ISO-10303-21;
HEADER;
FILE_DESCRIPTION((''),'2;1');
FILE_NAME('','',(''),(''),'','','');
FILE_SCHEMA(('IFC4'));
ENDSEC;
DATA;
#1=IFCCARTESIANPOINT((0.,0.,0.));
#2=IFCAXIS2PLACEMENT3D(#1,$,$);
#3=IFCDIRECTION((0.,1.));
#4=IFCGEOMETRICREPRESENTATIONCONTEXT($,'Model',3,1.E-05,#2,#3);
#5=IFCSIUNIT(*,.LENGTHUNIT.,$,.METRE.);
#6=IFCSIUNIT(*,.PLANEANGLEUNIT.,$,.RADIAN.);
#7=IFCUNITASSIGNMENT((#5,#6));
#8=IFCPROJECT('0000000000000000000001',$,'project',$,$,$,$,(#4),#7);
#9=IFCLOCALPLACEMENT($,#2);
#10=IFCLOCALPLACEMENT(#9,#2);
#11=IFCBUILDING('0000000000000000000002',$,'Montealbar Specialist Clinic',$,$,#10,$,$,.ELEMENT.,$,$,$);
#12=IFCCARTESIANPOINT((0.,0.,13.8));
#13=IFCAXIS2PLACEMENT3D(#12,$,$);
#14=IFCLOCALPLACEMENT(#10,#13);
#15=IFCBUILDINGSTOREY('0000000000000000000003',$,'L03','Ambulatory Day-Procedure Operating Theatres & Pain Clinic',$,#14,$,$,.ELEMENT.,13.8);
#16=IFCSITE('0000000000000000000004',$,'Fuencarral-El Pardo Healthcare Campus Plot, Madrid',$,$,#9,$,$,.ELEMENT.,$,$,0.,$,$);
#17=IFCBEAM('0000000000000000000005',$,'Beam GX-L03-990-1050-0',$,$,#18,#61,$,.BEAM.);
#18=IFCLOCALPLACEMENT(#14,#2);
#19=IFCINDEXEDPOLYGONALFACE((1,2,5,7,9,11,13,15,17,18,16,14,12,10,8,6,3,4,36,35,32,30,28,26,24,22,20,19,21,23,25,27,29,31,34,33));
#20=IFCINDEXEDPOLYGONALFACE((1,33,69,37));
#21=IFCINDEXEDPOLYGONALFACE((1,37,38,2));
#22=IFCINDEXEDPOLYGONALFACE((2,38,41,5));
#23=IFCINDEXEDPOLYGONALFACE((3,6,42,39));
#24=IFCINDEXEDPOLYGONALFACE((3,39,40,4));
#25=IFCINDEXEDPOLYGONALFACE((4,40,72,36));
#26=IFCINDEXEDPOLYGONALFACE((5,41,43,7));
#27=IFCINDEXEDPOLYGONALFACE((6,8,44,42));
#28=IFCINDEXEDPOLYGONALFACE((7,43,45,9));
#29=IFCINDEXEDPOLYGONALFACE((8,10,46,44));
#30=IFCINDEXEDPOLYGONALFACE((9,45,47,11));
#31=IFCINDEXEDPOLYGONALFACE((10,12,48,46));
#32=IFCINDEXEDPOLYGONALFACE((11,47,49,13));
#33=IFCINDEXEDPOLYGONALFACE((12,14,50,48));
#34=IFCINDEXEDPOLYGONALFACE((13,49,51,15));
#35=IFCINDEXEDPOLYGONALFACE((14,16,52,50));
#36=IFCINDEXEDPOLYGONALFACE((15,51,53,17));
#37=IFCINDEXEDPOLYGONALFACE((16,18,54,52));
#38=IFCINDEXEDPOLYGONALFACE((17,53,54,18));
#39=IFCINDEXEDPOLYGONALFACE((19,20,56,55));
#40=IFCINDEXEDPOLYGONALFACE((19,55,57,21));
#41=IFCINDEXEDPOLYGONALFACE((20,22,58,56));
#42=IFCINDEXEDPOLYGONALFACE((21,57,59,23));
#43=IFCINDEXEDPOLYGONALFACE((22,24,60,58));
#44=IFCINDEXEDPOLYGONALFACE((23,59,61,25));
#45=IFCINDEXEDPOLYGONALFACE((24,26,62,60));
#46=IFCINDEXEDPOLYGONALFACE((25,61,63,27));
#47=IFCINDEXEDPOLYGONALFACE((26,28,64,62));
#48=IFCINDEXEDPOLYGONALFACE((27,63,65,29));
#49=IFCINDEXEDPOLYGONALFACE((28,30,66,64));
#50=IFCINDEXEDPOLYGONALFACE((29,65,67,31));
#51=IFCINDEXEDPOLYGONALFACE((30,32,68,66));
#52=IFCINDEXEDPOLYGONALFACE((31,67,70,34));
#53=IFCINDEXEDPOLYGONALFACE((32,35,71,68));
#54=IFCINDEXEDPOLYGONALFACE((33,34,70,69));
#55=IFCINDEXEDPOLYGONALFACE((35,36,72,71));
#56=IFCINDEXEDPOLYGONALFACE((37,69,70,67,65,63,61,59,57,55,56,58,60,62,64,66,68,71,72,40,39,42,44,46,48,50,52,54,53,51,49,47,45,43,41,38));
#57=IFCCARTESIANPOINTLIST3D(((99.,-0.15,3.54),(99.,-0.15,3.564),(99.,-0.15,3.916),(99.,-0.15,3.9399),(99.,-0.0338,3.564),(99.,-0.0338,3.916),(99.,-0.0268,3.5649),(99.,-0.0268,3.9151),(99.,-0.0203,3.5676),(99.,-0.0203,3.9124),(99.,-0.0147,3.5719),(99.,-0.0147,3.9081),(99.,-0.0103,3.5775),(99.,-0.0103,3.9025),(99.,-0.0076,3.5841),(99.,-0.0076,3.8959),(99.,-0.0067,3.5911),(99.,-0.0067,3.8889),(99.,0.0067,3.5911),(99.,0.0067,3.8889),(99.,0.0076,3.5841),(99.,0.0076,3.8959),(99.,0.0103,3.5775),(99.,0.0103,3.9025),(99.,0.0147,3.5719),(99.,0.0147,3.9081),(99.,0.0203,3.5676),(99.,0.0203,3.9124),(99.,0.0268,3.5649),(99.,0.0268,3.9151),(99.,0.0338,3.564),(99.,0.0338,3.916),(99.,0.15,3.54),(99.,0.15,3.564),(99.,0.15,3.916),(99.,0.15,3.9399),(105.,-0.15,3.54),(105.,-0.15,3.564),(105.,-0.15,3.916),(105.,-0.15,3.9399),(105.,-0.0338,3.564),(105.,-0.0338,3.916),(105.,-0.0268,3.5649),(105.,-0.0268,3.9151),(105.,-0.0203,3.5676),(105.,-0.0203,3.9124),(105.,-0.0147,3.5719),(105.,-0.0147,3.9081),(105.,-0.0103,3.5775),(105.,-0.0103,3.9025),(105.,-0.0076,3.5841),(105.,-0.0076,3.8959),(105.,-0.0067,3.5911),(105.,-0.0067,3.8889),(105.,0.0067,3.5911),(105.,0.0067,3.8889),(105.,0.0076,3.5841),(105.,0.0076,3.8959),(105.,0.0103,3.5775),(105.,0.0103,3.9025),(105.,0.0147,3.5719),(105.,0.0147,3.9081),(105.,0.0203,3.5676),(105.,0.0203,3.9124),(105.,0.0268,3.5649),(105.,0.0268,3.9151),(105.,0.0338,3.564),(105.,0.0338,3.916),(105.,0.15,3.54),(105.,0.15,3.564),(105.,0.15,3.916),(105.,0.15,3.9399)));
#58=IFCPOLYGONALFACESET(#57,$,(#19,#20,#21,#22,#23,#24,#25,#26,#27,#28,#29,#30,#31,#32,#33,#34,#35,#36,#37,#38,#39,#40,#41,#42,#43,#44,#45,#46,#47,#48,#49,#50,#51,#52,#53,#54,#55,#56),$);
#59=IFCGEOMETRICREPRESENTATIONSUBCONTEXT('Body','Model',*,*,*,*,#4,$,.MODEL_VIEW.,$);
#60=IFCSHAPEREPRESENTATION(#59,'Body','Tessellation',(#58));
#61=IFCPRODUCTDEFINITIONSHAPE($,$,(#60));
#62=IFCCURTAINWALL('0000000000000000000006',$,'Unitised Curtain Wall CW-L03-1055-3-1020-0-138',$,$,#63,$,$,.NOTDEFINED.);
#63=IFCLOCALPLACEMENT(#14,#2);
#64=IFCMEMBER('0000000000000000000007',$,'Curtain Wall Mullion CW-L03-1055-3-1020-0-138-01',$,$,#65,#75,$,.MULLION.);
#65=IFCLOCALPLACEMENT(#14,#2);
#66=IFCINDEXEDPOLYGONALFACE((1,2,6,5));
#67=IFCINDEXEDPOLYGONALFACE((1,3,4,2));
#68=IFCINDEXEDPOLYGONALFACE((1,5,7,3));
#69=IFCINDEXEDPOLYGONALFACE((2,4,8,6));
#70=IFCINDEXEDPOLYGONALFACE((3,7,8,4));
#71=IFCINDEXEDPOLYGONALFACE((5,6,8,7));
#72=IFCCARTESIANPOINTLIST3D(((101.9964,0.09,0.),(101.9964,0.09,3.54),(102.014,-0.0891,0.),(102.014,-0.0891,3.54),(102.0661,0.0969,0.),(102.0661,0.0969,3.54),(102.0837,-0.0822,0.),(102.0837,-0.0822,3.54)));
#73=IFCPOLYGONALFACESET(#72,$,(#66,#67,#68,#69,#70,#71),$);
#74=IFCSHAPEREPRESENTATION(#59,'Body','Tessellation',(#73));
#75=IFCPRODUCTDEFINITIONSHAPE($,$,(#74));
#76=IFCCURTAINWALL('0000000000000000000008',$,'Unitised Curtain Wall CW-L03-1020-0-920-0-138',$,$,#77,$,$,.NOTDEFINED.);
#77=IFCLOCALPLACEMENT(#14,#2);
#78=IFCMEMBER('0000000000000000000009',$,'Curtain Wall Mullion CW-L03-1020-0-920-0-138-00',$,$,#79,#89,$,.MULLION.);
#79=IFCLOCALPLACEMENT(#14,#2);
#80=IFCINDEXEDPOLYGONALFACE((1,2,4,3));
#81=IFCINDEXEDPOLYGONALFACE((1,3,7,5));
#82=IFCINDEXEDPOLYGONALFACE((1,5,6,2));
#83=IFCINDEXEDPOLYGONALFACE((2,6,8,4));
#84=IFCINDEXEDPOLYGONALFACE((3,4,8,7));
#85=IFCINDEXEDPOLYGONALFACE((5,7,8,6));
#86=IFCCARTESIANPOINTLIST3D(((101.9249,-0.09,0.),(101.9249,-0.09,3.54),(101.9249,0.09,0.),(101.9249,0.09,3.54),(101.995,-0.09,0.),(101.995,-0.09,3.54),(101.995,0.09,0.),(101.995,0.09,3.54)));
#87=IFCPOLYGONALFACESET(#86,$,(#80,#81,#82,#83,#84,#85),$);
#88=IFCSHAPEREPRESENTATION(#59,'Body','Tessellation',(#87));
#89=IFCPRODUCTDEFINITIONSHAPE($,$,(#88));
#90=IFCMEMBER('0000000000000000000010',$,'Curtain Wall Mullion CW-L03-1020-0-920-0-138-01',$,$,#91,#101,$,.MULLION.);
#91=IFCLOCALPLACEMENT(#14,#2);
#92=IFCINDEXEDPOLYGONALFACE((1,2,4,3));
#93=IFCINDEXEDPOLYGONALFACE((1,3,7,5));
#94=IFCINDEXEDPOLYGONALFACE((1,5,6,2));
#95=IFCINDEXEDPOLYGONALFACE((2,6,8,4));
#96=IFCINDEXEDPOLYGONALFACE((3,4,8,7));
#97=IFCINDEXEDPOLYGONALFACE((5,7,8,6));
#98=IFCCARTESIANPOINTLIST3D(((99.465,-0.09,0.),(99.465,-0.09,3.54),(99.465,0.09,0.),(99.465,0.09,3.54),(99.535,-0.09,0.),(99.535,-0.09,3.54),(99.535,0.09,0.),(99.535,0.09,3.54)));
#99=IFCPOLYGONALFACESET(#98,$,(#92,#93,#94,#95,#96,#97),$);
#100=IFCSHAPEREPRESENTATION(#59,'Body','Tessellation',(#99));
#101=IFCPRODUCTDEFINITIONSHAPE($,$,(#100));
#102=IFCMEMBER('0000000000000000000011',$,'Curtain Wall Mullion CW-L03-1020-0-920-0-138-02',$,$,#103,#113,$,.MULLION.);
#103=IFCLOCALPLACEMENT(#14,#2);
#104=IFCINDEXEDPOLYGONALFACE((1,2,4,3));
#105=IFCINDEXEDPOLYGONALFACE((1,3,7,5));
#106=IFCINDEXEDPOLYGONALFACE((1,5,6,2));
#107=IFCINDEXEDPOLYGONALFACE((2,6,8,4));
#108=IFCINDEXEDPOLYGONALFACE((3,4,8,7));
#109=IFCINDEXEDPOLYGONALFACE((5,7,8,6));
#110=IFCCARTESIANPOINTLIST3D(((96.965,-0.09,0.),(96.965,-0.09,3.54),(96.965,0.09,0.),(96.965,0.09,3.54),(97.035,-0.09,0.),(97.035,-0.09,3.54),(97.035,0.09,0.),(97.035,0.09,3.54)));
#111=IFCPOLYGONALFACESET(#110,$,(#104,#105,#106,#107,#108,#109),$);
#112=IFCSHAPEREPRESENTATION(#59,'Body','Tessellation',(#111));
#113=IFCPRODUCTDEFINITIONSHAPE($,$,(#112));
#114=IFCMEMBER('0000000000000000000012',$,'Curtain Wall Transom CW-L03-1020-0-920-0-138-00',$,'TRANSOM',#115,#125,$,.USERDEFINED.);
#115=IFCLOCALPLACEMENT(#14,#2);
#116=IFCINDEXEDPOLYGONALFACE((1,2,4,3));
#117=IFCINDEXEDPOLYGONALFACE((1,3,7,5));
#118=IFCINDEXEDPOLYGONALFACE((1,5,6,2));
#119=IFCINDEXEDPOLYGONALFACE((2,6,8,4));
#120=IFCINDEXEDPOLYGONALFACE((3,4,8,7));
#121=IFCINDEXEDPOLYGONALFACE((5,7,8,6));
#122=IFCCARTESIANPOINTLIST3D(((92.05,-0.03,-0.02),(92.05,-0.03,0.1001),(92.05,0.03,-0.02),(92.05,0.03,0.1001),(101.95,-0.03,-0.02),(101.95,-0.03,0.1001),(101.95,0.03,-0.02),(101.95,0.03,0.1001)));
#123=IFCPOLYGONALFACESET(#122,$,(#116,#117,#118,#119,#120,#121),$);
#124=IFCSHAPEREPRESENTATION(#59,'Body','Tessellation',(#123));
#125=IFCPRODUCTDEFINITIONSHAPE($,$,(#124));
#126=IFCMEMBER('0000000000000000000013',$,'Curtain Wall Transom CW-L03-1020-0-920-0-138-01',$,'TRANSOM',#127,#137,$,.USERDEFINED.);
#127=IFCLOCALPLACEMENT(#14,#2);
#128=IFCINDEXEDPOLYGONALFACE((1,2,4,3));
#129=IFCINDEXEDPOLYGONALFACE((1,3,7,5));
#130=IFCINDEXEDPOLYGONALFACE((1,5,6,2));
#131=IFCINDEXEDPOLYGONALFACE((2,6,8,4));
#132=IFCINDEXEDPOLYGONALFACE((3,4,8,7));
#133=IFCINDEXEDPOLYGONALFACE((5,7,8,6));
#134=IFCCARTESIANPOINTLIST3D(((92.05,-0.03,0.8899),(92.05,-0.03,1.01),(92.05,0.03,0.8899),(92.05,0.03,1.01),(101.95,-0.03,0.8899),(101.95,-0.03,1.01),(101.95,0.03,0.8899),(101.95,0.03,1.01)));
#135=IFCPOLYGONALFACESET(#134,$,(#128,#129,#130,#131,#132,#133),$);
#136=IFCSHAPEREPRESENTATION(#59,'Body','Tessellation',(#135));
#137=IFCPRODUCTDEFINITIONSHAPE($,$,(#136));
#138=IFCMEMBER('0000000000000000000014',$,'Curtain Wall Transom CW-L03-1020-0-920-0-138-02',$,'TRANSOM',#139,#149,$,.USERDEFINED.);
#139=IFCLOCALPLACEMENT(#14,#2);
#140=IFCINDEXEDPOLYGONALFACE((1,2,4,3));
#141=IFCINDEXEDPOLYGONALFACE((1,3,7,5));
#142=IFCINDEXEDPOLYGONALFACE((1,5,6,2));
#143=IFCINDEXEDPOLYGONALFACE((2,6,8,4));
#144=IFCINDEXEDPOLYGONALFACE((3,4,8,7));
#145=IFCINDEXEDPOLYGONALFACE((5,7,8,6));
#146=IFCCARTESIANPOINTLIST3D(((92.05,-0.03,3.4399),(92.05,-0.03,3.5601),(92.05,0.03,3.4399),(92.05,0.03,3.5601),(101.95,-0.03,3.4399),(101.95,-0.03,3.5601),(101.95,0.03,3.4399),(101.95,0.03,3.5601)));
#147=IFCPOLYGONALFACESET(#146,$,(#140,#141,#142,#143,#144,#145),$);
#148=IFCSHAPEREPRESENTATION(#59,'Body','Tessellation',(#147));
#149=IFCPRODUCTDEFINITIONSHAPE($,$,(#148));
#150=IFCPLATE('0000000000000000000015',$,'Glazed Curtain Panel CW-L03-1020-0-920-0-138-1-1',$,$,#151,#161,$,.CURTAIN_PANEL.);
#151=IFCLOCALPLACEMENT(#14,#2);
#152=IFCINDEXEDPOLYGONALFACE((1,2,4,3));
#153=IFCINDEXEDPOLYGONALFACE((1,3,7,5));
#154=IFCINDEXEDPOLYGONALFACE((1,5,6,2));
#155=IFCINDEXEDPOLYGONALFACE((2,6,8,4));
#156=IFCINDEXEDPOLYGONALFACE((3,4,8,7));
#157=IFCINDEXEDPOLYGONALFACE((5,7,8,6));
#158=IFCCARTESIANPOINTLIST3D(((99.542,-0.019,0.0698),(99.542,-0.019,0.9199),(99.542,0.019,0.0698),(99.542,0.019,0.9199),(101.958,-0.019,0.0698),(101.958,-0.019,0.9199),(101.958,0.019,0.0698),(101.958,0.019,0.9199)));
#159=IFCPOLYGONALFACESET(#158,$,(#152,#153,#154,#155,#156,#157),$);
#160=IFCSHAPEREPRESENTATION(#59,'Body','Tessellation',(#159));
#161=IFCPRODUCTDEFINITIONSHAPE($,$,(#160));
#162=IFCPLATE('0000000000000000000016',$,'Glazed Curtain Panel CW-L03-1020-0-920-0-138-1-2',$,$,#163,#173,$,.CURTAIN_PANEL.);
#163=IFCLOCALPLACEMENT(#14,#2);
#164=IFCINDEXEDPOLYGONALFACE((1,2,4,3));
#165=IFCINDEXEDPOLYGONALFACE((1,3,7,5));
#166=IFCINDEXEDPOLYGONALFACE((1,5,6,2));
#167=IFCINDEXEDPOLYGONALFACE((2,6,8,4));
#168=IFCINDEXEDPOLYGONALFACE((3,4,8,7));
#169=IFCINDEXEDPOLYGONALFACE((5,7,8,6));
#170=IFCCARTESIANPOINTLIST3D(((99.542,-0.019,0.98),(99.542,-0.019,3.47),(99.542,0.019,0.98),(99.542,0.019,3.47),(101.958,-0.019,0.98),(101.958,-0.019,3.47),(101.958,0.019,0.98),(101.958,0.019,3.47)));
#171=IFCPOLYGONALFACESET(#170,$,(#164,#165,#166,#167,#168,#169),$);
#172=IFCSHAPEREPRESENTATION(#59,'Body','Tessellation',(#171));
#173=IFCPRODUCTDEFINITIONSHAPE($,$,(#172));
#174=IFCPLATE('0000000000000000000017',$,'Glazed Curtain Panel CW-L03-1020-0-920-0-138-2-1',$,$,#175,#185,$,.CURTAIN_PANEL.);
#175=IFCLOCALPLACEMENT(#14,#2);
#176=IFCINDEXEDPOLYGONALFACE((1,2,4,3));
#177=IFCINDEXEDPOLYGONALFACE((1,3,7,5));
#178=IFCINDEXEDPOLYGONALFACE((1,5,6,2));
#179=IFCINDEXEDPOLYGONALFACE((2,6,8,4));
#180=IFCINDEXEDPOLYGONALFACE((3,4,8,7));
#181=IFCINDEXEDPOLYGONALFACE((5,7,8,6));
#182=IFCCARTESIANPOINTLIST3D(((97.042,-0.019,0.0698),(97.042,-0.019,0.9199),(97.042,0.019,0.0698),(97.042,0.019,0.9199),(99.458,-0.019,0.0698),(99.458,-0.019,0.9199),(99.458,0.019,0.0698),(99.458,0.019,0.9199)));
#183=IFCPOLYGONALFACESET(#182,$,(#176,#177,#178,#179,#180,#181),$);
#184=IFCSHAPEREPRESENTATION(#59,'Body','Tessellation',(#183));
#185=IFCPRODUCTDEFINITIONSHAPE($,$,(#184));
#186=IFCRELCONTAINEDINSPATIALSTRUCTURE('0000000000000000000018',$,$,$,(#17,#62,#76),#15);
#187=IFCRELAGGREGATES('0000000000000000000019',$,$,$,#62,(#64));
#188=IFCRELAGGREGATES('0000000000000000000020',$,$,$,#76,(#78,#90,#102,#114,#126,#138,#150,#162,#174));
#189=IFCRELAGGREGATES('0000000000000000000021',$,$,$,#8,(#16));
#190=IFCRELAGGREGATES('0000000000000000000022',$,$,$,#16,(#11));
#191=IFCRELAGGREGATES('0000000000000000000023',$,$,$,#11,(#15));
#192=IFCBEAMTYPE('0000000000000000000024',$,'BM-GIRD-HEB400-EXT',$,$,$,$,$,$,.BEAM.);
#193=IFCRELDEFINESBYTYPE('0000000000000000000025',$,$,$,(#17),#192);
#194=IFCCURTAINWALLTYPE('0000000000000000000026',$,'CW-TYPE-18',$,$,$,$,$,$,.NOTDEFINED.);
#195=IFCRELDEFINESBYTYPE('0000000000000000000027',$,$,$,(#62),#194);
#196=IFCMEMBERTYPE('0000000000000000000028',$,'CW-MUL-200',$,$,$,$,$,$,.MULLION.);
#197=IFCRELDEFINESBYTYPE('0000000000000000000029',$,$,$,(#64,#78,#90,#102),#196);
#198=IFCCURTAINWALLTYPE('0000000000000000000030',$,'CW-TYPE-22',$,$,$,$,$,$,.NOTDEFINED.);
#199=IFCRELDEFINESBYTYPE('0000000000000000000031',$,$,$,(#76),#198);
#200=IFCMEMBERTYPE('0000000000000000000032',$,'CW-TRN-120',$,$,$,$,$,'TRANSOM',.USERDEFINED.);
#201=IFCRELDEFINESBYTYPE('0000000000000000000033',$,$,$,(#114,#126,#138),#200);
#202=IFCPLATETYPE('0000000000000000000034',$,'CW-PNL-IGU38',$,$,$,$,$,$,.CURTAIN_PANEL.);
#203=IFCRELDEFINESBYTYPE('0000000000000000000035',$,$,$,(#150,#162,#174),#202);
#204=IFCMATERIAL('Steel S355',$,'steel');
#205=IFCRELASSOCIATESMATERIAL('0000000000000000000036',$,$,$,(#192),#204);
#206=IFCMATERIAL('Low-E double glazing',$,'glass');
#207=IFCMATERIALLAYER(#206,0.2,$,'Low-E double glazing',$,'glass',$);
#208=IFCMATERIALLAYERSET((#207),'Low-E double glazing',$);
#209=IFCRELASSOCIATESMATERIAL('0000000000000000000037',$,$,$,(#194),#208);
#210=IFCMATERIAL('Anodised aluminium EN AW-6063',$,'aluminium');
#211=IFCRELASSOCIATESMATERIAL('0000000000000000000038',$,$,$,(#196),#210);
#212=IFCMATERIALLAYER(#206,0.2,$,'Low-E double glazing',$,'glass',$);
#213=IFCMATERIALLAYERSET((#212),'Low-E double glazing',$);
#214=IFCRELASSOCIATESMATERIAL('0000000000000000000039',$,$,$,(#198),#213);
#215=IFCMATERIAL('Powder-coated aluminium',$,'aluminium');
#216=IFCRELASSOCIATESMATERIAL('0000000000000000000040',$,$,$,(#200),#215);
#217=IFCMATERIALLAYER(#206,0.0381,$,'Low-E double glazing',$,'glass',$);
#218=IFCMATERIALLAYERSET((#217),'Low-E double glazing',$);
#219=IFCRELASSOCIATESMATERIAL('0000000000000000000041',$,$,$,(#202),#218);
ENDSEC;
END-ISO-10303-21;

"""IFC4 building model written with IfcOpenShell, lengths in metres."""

from ifc_helpers import new_model, si_unit, direction, frame, origin, origin_2d, place, context, subcontext, project, spatial, rectangle, i_section, extrude, material, layer, layer_set, material_profile, profile_set, type_object, element, aggregate, save


model = new_model("IFC4")

# Units and contexts
model_context = context("Model", 3, precision=1e-05, world=origin(), true_north=direction((0.0, 1.0)))
body_context = subcontext(model_context, "Body", "Model", "MODEL_VIEW")
ifc_project = project(units=[si_unit("LENGTHUNIT", "METRE"), si_unit("PLANEANGLEUNIT", "RADIAN")], contexts=[model_context])

# Site, building, storey
site_placement = place(None, origin())
site = spatial("IfcSite", under=ifc_project, at=site_placement, Name="Fuencarral-El Pardo Healthcare Campus Plot, Madrid", CompositionType="ELEMENT", RefElevation=0.0)
building_placement = place(site_placement, origin())
building = spatial("IfcBuilding", under=site, at=building_placement, Name="Montealbar Specialist Clinic", CompositionType="ELEMENT")
storey_placement = place(building_placement, frame((0.0, 0.0, 13.8)))
storey = spatial("IfcBuildingStorey", under=building, at=storey_placement, Name="L03", Description="Ambulatory Day-Procedure Operating Theatres & Pain Clinic", CompositionType="ELEMENT", Elevation=13.8)

# Shared definitions
ifc_material_1 = material(Name="Steel S355", Category="steel")

# Beam
ifc_material_profile_1 = material_profile(ifc_material_1, i_section(OverallWidth=0.3, OverallDepth=0.3999, WebThickness=0.0134, FlangeThickness=0.0239, FilletRadius=0.0271, at=origin_2d()), Name="HEB 400", Category="steel")
ifc_profile_set_1 = profile_set([ifc_material_profile_1], Name="Steel S355")
beam_type_1 = type_object("IfcBeamType", Name="BM-GIRD-HEB400-EXT", PredefinedType="BEAM", material=ifc_profile_set_1)
beam_placement = place(storey_placement, frame((99.0, 0.0, 3.74), z_axis=(1.0, 0.0, 0.0), x_axis=(0.0, 1.0, 0.0)))
element("IfcBeam", 1, at=beam_placement, inside=storey, type_object=beam_type_1, Name="Beam GX-L03-990-1050-0", PredefinedType="BEAM", context=body_context, shape_type="SweptSolid", body=[
    extrude(i_section(OverallWidth=0.3, OverallDepth=0.3999, WebThickness=0.0134, FlangeThickness=0.0239, FilletRadius=0.0271, at=origin_2d()), origin(), (0.0, 0.0, 1.0), 6.0),
])

# Curtain wall, member
ifc_material_2 = material(Name="Low-E double glazing", Category="glass")
ifc_layer_1 = layer(ifc_material_2, 0.2, Name="Low-E double glazing", Category="glass")
ifc_layer_set_1 = layer_set([ifc_layer_1], Name="Low-E double glazing")
curtain_wall_type_1 = type_object("IfcCurtainWallType", Name="CW-TYPE-18", PredefinedType="NOTDEFINED", material=ifc_layer_set_1)
curtain_wall_1_placement = place(storey_placement, origin())
curtain_wall_1 = element("IfcCurtainWall", 2, at=curtain_wall_1_placement, inside=storey, type_object=curtain_wall_type_1, Name="Unitised Curtain Wall CW-L03-1055-3-1020-0-138", PredefinedType="NOTDEFINED")
ifc_material_3 = material(Name="Anodised aluminium EN AW-6063", Category="aluminium")
ifc_material_profile_2 = material_profile(ifc_material_3, rectangle(XDim=0.0701, YDim=0.1799, at=origin_2d()), Name="ALU 70x180", Category="aluminium")
ifc_profile_set_2 = profile_set([ifc_material_profile_2], Name="Anodised aluminium EN AW-6063")
member_type_1 = type_object("IfcMemberType", Name="CW-MUL-200", PredefinedType="MULLION", material=ifc_profile_set_2)
member_1_placement = place(storey_placement, frame((102.04, 0.0039, 0.0), z_axis=(0.0, 0.0, 1.0), x_axis=(-0.995182, -0.098045, 0.0)))
member_1 = element("IfcMember", 3, at=member_1_placement, type_object=member_type_1, Name="Curtain Wall Mullion CW-L03-1055-3-1020-0-138-01", PredefinedType="MULLION", context=body_context, shape_type="SweptSolid", body=[
    extrude(rectangle(XDim=0.0701, YDim=0.1799, at=origin_2d()), origin(), (0.0, 0.0, 1.0), 3.54),
])
aggregate(curtain_wall_1, [member_1])

# Curtain wall, members, plates
ifc_layer_2 = layer(ifc_material_2, 0.2, Name="Low-E double glazing", Category="glass")
ifc_layer_set_2 = layer_set([ifc_layer_2], Name="Low-E double glazing")
curtain_wall_type_2 = type_object("IfcCurtainWallType", Name="CW-TYPE-22", PredefinedType="NOTDEFINED", material=ifc_layer_set_2)
curtain_wall_2_placement = place(storey_placement, origin())
curtain_wall_2 = element("IfcCurtainWall", 4, at=curtain_wall_2_placement, inside=storey, type_object=curtain_wall_type_2, Name="Unitised Curtain Wall CW-L03-1020-0-920-0-138", PredefinedType="NOTDEFINED")
member_2_placement = place(storey_placement, frame((101.96, 0.0, 0.0), z_axis=(0.0, 0.0, 1.0), x_axis=(-1.0, 0.0, 0.0)))
member_2 = element("IfcMember", 5, at=member_2_placement, type_object=member_type_1, Name="Curtain Wall Mullion CW-L03-1020-0-920-0-138-00", PredefinedType="MULLION", context=body_context, shape_type="SweptSolid", body=[
    extrude(rectangle(XDim=0.0701, YDim=0.1799, at=origin_2d()), origin(), (0.0, 0.0, 1.0), 3.54),
])
member_3_placement = place(storey_placement, frame((99.5, 0.0, 0.0), z_axis=(0.0, 0.0, 1.0), x_axis=(-1.0, 0.0, 0.0)))
member_3 = element("IfcMember", 6, at=member_3_placement, type_object=member_type_1, Name="Curtain Wall Mullion CW-L03-1020-0-920-0-138-01", PredefinedType="MULLION", context=body_context, shape_type="SweptSolid", body=[
    extrude(rectangle(XDim=0.0701, YDim=0.1799, at=origin_2d()), origin(), (0.0, 0.0, 1.0), 3.54),
])
member_4_placement = place(storey_placement, frame((97.0, 0.0, 0.0), z_axis=(0.0, 0.0, 1.0), x_axis=(-1.0, 0.0, 0.0)))
member_4 = element("IfcMember", 7, at=member_4_placement, type_object=member_type_1, Name="Curtain Wall Mullion CW-L03-1020-0-920-0-138-02", PredefinedType="MULLION", context=body_context, shape_type="SweptSolid", body=[
    extrude(rectangle(XDim=0.0701, YDim=0.1799, at=origin_2d()), origin(), (0.0, 0.0, 1.0), 3.54),
])
ifc_material_4 = material(Name="Powder-coated aluminium", Category="aluminium")
ifc_material_profile_3 = material_profile(ifc_material_4, rectangle(XDim=0.0601, YDim=0.1201, at=origin_2d()), Name="ALU 60x120", Category="aluminium")
ifc_profile_set_3 = profile_set([ifc_material_profile_3], Name="Powder-coated aluminium")
member_type_2 = type_object("IfcMemberType", Name="CW-TRN-120", ElementType="TRANSOM", PredefinedType="USERDEFINED", material=ifc_profile_set_3)
member_5_placement = place(storey_placement, frame((101.95, 0.0, 0.04), z_axis=(-1.0, 0.0, 0.0), x_axis=(0.0, -1.0, 0.0)))
member_5 = element("IfcMember", 8, at=member_5_placement, type_object=member_type_2, Name="Curtain Wall Transom CW-L03-1020-0-920-0-138-00", ObjectType="TRANSOM", PredefinedType="USERDEFINED", context=body_context, shape_type="SweptSolid", body=[
    extrude(rectangle(XDim=0.0601, YDim=0.1201, at=origin_2d()), origin(), (0.0, 0.0, 1.0), 9.8999),
])
member_6_placement = place(storey_placement, frame((101.95, 0.0, 0.95), z_axis=(-1.0, 0.0, 0.0), x_axis=(0.0, -1.0, 0.0)))
member_6 = element("IfcMember", 9, at=member_6_placement, type_object=member_type_2, Name="Curtain Wall Transom CW-L03-1020-0-920-0-138-01", ObjectType="TRANSOM", PredefinedType="USERDEFINED", context=body_context, shape_type="SweptSolid", body=[
    extrude(rectangle(XDim=0.0601, YDim=0.1201, at=origin_2d()), origin(), (0.0, 0.0, 1.0), 9.8999),
])
member_7_placement = place(storey_placement, frame((101.95, 0.0, 3.5), z_axis=(-1.0, 0.0, 0.0), x_axis=(0.0, -1.0, 0.0)))
member_7 = element("IfcMember", 10, at=member_7_placement, type_object=member_type_2, Name="Curtain Wall Transom CW-L03-1020-0-920-0-138-02", ObjectType="TRANSOM", PredefinedType="USERDEFINED", context=body_context, shape_type="SweptSolid", body=[
    extrude(rectangle(XDim=0.0601, YDim=0.1201, at=origin_2d()), origin(), (0.0, 0.0, 1.0), 9.8999),
])
ifc_layer_3 = layer(ifc_material_2, 0.0381, Name="Low-E double glazing", Category="glass")
ifc_layer_set_3 = layer_set([ifc_layer_3], Name="Low-E double glazing")
plate_type = type_object("IfcPlateType", Name="CW-PNL-IGU38", PredefinedType="CURTAIN_PANEL", material=ifc_layer_set_3)
plate_1_placement = place(storey_placement, frame((100.75, 0.0, 0.0698), z_axis=(0.0, 0.0, 1.0), x_axis=(-1.0, 0.0, 0.0)))
plate_1 = element("IfcPlate", 11, at=plate_1_placement, type_object=plate_type, Name="Glazed Curtain Panel CW-L03-1020-0-920-0-138-1-1", PredefinedType="CURTAIN_PANEL", context=body_context, shape_type="SweptSolid", body=[
    extrude(rectangle(XDim=2.416, YDim=0.0381, at=origin_2d()), origin(), (0.0, 0.0, 1.0), 0.8501),
])
plate_2_placement = place(storey_placement, frame((100.75, 0.0, 0.98), z_axis=(0.0, 0.0, 1.0), x_axis=(-1.0, 0.0, 0.0)))
plate_2 = element("IfcPlate", 12, at=plate_2_placement, type_object=plate_type, Name="Glazed Curtain Panel CW-L03-1020-0-920-0-138-1-2", PredefinedType="CURTAIN_PANEL", context=body_context, shape_type="SweptSolid", body=[
    extrude(rectangle(XDim=2.416, YDim=0.0381, at=origin_2d()), origin(), (0.0, 0.0, 1.0), 2.49),
])
plate_3_placement = place(storey_placement, frame((98.25, 0.0, 0.0698), z_axis=(0.0, 0.0, 1.0), x_axis=(-1.0, 0.0, 0.0)))
plate_3 = element("IfcPlate", 13, at=plate_3_placement, type_object=plate_type, Name="Glazed Curtain Panel CW-L03-1020-0-920-0-138-2-1", PredefinedType="CURTAIN_PANEL", context=body_context, shape_type="SweptSolid", body=[
    extrude(rectangle(XDim=2.416, YDim=0.0381, at=origin_2d()), origin(), (0.0, 0.0, 1.0), 0.8501),
])
aggregate(curtain_wall_2, [member_2, member_3, member_4, member_5, member_6, member_7, plate_1, plate_2, plate_3])

save(model, "model.ifc")
